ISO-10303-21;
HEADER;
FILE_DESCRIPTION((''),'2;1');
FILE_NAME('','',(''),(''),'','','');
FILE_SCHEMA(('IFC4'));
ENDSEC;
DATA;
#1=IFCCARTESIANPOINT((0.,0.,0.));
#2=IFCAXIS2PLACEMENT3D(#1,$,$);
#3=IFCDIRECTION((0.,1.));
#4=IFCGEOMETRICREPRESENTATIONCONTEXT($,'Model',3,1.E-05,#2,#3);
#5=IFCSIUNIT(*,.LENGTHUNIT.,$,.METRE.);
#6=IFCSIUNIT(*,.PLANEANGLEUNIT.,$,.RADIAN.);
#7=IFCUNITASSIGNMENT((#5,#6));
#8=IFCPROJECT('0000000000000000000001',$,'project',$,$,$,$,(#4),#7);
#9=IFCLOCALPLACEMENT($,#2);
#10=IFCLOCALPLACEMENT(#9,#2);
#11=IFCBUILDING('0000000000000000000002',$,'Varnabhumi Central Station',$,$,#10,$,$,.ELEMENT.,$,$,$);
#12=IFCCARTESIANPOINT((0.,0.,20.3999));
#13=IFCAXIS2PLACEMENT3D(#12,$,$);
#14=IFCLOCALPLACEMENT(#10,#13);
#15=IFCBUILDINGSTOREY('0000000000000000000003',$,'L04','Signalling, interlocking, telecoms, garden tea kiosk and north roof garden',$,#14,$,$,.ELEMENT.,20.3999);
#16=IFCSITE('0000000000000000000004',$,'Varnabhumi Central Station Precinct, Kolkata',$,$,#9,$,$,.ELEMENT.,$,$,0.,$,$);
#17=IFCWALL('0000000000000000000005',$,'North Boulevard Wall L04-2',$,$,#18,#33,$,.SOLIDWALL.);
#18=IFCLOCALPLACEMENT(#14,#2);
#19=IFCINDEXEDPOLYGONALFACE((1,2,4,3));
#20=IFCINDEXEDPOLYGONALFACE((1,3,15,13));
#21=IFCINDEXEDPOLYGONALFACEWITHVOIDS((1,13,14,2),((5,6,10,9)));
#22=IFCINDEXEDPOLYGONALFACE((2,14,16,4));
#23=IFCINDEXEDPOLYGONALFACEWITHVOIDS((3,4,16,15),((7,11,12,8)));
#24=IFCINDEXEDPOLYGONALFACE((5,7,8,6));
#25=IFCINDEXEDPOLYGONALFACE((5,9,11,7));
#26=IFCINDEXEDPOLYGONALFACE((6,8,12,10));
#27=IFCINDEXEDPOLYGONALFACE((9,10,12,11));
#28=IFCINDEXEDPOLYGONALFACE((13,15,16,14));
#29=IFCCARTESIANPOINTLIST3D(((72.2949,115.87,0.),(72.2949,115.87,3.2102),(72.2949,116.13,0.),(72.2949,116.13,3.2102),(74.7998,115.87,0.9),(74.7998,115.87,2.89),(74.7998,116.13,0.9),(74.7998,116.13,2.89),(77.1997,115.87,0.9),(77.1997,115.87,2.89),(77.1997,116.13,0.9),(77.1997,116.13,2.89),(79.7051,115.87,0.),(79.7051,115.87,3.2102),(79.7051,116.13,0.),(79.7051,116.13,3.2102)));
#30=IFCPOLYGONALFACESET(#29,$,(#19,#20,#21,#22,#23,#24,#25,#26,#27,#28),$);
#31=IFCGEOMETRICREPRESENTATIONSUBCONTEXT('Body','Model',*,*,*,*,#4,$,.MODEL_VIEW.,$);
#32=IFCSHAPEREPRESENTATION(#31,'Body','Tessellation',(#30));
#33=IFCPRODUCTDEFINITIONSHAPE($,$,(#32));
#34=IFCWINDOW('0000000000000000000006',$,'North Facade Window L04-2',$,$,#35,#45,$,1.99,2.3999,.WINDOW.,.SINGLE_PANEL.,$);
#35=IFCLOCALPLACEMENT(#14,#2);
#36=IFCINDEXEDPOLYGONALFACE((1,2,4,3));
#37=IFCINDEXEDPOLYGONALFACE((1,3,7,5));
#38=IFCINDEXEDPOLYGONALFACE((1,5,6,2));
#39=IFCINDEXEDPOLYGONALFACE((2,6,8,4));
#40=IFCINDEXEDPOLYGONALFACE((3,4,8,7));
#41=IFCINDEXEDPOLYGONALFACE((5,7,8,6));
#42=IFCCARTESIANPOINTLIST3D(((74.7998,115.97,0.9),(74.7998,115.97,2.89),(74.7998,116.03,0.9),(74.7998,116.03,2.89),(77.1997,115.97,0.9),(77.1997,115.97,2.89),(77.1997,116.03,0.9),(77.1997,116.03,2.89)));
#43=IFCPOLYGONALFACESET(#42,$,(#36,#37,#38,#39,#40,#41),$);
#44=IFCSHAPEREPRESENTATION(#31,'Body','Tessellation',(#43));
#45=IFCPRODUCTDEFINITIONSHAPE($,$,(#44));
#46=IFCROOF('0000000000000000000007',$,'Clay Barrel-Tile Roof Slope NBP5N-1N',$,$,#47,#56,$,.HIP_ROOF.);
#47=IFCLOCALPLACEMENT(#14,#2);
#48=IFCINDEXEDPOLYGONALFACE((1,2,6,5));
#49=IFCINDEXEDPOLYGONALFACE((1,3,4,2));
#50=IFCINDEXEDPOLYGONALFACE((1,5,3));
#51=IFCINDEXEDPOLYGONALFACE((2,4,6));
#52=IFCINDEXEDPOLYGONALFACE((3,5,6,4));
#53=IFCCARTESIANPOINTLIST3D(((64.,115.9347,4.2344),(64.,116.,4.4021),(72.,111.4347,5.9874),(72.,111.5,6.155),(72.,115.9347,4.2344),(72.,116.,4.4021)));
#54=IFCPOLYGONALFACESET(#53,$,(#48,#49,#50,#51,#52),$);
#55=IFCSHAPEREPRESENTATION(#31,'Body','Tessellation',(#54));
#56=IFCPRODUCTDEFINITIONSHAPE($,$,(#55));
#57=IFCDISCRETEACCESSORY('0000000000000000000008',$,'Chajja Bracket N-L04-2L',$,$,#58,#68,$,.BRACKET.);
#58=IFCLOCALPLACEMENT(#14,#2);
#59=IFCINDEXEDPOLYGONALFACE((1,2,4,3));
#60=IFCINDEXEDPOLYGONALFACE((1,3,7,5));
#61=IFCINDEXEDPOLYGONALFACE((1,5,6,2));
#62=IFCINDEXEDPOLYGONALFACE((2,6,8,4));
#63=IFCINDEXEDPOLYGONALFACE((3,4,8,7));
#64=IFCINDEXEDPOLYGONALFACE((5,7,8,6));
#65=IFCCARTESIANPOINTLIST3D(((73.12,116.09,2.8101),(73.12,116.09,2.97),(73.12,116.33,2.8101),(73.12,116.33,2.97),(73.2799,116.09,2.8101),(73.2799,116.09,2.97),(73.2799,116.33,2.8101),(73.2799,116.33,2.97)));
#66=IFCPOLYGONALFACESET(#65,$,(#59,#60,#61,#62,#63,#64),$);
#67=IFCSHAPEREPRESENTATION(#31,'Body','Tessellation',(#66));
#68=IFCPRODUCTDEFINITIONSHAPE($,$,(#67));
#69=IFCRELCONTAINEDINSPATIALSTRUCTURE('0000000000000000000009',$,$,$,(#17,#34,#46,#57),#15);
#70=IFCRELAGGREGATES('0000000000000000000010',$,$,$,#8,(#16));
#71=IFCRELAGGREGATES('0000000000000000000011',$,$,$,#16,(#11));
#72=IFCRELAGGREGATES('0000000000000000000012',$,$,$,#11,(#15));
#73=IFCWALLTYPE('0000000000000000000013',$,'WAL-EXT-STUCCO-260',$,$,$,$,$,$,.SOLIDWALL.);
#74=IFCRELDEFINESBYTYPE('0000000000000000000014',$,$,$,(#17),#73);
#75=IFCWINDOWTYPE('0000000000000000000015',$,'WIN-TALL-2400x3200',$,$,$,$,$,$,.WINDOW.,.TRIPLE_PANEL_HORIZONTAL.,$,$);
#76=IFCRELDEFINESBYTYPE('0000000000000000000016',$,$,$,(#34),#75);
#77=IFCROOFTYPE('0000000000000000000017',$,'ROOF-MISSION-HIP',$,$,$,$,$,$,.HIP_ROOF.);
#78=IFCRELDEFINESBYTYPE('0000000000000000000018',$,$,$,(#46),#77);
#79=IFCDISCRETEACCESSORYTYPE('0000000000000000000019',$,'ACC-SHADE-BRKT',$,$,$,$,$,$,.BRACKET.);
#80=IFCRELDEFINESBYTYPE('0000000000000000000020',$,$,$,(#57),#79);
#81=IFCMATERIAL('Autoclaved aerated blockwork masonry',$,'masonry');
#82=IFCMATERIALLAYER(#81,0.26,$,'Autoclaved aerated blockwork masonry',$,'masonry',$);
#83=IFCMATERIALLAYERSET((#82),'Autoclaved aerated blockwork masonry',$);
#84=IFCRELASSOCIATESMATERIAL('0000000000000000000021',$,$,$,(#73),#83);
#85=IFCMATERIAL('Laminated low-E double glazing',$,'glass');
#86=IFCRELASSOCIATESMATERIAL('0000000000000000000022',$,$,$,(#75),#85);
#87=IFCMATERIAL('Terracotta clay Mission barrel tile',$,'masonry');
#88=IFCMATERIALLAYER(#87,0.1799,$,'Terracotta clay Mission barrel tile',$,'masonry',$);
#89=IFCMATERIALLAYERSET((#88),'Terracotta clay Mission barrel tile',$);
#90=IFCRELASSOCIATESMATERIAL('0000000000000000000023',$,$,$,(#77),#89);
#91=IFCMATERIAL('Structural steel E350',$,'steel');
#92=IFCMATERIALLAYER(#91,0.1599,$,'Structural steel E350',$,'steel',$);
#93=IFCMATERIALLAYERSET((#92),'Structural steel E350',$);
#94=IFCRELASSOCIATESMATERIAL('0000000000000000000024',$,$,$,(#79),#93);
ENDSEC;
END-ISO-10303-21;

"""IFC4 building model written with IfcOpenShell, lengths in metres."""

from ifc_helpers import new_model, si_unit, direction, frame, frame_2d, origin, origin_2d, place, context, subcontext, project, spatial, polyline, rectangle, outline, extrude, material, layer, layer_set, type_object, element, fill, save


model = new_model("IFC4")

# Units and contexts
model_context = context("Model", 3, precision=1e-05, world=origin(), true_north=direction((0.0, 1.0)))
body_context = subcontext(model_context, "Body", "Model", "MODEL_VIEW")
ifc_project = project(units=[si_unit("LENGTHUNIT", "METRE"), si_unit("PLANEANGLEUNIT", "RADIAN")], contexts=[model_context])

# Site, building, storey
site_placement = place(None, origin())
site = spatial("IfcSite", under=ifc_project, at=site_placement, Name="Varnabhumi Central Station Precinct, Kolkata", CompositionType="ELEMENT", RefElevation=0.0)
building_placement = place(site_placement, origin())
building = spatial("IfcBuilding", under=site, at=building_placement, Name="Varnabhumi Central Station", CompositionType="ELEMENT")
storey_placement = place(building_placement, frame((0.0, 0.0, 20.3999)))
storey = spatial("IfcBuildingStorey", under=building, at=storey_placement, Name="L04", Description="Signalling, interlocking, telecoms, garden tea kiosk and north roof garden", CompositionType="ELEMENT", Elevation=20.3999)

# Shared definitions
ifc_material_1 = material(Name="Structural steel E350", Category="steel")

# Shared definitions
ifc_material_2 = material(Name="Laminated low-E double glazing", Category="glass")

# Wall, opening, window
ifc_material_3 = material(Name="Autoclaved aerated blockwork masonry", Category="masonry")
ifc_layer_1 = layer(ifc_material_3, 0.26, Name="Autoclaved aerated blockwork masonry", Category="masonry")
ifc_layer_set_1 = layer_set([ifc_layer_1], Name="Autoclaved aerated blockwork masonry")
wall_type = type_object("IfcWallType", Name="WAL-EXT-STUCCO-260", PredefinedType="SOLIDWALL", material=ifc_layer_set_1)
wall_placement = place(storey_placement, frame((72.2949, 116.0, 0.0), z_axis=(0.0, 0.0, 1.0), x_axis=(1.0, 0.0, 0.0)))
wall = element("IfcWall", 1, at=wall_placement, inside=storey, type_object=wall_type, Name="North Boulevard Wall L04-2", PredefinedType="SOLIDWALL", context=body_context, shape_type="SweptSolid", body=[
    extrude(rectangle(XDim=7.4102, YDim=0.26, at=frame_2d((3.7051, 0.0))), origin(), (0.0, 0.0, 1.0), 3.2102),
])
opening_placement = place(wall_placement, frame((2.5049, 0.0, 0.8999)))
opening = element("IfcOpeningElement", 2, at=opening_placement, cuts=wall, PredefinedType="OPENING", context=body_context, shape_type="SweptSolid", body=[
    extrude(rectangle(XDim=2.3999, YDim=1.99, at=frame_2d((1.2, 0.9951))), frame((0.0, 0.1399, 0.0), z_axis=(0.0, -1.0, 0.0), x_axis=(1.0, 0.0, 0.0)), (0.0, 0.0, 1.0), 0.28),
])
window_type = type_object("IfcWindowType", Name="WIN-TALL-2400x3200", PartitioningType="TRIPLE_PANEL_HORIZONTAL", PredefinedType="WINDOW", material=ifc_material_2)
window_placement = place(opening_placement, origin())
window = element("IfcWindow", 3, at=window_placement, inside=storey, type_object=window_type, Name="North Facade Window L04-2", OverallHeight=1.99, OverallWidth=2.3999, PartitioningType="SINGLE_PANEL", PredefinedType="WINDOW", context=body_context, shape_type="SweptSolid", body=[
    extrude(rectangle(XDim=2.3999, YDim=1.99, at=frame_2d((1.2, 0.9951))), frame((0.0, 0.03, 0.0), z_axis=(0.0, -1.0, 0.0), x_axis=(1.0, 0.0, 0.0)), (0.0, 0.0, 1.0), 0.0601),
])
fill(opening, window)

# Roof
ifc_material_4 = material(Name="Terracotta clay Mission barrel tile", Category="masonry")
ifc_layer_2 = layer(ifc_material_4, 0.1799, Name="Terracotta clay Mission barrel tile", Category="masonry")
ifc_layer_set_2 = layer_set([ifc_layer_2], Name="Terracotta clay Mission barrel tile")
roof_type = type_object("IfcRoofType", Name="ROOF-MISSION-HIP", PredefinedType="HIP_ROOF", material=ifc_layer_set_2)
roof_placement = place(storey_placement, frame((72.0, 116.0, 4.4021), z_axis=(0.0, 0.362973, 0.9318), x_axis=(-1.0, 0.0, 0.0)))
element("IfcRoof", 4, at=roof_placement, inside=storey, type_object=roof_type, Name="Clay Barrel-Tile Roof Slope NBP5N-1N", PredefinedType="HIP_ROOF", context=body_context, shape_type="SweptSolid", body=[
    extrude(outline(polyline([(0.0, 0.0), (8.0, 0.0), (0.0, 4.8294), (0.0, 0.0)])), origin(), (0.0, 0.0, -1.0), 0.1799),
])

# Discrete accessory
ifc_layer_3 = layer(ifc_material_1, 0.1599, Name="Structural steel E350", Category="steel")
ifc_layer_set_3 = layer_set([ifc_layer_3], Name="Structural steel E350")
discrete_accessory_type = type_object("IfcDiscreteAccessoryType", Name="ACC-SHADE-BRKT", PredefinedType="BRACKET", material=ifc_layer_set_3)
discrete_accessory_placement = place(storey_placement, frame((73.2, 116.21, 2.8101), z_axis=(0.0, 0.0, 1.0), x_axis=(1.0, 0.0, 0.0)))
element("IfcDiscreteAccessory", 5, at=discrete_accessory_placement, inside=storey, type_object=discrete_accessory_type, Name="Chajja Bracket N-L04-2L", PredefinedType="BRACKET", context=body_context, shape_type="SweptSolid", body=[
    extrude(rectangle(XDim=0.1599, YDim=0.24, at=origin_2d()), origin(), (0.0, 0.0, 1.0), 0.1599),
])

save(model, "model.ifc")
